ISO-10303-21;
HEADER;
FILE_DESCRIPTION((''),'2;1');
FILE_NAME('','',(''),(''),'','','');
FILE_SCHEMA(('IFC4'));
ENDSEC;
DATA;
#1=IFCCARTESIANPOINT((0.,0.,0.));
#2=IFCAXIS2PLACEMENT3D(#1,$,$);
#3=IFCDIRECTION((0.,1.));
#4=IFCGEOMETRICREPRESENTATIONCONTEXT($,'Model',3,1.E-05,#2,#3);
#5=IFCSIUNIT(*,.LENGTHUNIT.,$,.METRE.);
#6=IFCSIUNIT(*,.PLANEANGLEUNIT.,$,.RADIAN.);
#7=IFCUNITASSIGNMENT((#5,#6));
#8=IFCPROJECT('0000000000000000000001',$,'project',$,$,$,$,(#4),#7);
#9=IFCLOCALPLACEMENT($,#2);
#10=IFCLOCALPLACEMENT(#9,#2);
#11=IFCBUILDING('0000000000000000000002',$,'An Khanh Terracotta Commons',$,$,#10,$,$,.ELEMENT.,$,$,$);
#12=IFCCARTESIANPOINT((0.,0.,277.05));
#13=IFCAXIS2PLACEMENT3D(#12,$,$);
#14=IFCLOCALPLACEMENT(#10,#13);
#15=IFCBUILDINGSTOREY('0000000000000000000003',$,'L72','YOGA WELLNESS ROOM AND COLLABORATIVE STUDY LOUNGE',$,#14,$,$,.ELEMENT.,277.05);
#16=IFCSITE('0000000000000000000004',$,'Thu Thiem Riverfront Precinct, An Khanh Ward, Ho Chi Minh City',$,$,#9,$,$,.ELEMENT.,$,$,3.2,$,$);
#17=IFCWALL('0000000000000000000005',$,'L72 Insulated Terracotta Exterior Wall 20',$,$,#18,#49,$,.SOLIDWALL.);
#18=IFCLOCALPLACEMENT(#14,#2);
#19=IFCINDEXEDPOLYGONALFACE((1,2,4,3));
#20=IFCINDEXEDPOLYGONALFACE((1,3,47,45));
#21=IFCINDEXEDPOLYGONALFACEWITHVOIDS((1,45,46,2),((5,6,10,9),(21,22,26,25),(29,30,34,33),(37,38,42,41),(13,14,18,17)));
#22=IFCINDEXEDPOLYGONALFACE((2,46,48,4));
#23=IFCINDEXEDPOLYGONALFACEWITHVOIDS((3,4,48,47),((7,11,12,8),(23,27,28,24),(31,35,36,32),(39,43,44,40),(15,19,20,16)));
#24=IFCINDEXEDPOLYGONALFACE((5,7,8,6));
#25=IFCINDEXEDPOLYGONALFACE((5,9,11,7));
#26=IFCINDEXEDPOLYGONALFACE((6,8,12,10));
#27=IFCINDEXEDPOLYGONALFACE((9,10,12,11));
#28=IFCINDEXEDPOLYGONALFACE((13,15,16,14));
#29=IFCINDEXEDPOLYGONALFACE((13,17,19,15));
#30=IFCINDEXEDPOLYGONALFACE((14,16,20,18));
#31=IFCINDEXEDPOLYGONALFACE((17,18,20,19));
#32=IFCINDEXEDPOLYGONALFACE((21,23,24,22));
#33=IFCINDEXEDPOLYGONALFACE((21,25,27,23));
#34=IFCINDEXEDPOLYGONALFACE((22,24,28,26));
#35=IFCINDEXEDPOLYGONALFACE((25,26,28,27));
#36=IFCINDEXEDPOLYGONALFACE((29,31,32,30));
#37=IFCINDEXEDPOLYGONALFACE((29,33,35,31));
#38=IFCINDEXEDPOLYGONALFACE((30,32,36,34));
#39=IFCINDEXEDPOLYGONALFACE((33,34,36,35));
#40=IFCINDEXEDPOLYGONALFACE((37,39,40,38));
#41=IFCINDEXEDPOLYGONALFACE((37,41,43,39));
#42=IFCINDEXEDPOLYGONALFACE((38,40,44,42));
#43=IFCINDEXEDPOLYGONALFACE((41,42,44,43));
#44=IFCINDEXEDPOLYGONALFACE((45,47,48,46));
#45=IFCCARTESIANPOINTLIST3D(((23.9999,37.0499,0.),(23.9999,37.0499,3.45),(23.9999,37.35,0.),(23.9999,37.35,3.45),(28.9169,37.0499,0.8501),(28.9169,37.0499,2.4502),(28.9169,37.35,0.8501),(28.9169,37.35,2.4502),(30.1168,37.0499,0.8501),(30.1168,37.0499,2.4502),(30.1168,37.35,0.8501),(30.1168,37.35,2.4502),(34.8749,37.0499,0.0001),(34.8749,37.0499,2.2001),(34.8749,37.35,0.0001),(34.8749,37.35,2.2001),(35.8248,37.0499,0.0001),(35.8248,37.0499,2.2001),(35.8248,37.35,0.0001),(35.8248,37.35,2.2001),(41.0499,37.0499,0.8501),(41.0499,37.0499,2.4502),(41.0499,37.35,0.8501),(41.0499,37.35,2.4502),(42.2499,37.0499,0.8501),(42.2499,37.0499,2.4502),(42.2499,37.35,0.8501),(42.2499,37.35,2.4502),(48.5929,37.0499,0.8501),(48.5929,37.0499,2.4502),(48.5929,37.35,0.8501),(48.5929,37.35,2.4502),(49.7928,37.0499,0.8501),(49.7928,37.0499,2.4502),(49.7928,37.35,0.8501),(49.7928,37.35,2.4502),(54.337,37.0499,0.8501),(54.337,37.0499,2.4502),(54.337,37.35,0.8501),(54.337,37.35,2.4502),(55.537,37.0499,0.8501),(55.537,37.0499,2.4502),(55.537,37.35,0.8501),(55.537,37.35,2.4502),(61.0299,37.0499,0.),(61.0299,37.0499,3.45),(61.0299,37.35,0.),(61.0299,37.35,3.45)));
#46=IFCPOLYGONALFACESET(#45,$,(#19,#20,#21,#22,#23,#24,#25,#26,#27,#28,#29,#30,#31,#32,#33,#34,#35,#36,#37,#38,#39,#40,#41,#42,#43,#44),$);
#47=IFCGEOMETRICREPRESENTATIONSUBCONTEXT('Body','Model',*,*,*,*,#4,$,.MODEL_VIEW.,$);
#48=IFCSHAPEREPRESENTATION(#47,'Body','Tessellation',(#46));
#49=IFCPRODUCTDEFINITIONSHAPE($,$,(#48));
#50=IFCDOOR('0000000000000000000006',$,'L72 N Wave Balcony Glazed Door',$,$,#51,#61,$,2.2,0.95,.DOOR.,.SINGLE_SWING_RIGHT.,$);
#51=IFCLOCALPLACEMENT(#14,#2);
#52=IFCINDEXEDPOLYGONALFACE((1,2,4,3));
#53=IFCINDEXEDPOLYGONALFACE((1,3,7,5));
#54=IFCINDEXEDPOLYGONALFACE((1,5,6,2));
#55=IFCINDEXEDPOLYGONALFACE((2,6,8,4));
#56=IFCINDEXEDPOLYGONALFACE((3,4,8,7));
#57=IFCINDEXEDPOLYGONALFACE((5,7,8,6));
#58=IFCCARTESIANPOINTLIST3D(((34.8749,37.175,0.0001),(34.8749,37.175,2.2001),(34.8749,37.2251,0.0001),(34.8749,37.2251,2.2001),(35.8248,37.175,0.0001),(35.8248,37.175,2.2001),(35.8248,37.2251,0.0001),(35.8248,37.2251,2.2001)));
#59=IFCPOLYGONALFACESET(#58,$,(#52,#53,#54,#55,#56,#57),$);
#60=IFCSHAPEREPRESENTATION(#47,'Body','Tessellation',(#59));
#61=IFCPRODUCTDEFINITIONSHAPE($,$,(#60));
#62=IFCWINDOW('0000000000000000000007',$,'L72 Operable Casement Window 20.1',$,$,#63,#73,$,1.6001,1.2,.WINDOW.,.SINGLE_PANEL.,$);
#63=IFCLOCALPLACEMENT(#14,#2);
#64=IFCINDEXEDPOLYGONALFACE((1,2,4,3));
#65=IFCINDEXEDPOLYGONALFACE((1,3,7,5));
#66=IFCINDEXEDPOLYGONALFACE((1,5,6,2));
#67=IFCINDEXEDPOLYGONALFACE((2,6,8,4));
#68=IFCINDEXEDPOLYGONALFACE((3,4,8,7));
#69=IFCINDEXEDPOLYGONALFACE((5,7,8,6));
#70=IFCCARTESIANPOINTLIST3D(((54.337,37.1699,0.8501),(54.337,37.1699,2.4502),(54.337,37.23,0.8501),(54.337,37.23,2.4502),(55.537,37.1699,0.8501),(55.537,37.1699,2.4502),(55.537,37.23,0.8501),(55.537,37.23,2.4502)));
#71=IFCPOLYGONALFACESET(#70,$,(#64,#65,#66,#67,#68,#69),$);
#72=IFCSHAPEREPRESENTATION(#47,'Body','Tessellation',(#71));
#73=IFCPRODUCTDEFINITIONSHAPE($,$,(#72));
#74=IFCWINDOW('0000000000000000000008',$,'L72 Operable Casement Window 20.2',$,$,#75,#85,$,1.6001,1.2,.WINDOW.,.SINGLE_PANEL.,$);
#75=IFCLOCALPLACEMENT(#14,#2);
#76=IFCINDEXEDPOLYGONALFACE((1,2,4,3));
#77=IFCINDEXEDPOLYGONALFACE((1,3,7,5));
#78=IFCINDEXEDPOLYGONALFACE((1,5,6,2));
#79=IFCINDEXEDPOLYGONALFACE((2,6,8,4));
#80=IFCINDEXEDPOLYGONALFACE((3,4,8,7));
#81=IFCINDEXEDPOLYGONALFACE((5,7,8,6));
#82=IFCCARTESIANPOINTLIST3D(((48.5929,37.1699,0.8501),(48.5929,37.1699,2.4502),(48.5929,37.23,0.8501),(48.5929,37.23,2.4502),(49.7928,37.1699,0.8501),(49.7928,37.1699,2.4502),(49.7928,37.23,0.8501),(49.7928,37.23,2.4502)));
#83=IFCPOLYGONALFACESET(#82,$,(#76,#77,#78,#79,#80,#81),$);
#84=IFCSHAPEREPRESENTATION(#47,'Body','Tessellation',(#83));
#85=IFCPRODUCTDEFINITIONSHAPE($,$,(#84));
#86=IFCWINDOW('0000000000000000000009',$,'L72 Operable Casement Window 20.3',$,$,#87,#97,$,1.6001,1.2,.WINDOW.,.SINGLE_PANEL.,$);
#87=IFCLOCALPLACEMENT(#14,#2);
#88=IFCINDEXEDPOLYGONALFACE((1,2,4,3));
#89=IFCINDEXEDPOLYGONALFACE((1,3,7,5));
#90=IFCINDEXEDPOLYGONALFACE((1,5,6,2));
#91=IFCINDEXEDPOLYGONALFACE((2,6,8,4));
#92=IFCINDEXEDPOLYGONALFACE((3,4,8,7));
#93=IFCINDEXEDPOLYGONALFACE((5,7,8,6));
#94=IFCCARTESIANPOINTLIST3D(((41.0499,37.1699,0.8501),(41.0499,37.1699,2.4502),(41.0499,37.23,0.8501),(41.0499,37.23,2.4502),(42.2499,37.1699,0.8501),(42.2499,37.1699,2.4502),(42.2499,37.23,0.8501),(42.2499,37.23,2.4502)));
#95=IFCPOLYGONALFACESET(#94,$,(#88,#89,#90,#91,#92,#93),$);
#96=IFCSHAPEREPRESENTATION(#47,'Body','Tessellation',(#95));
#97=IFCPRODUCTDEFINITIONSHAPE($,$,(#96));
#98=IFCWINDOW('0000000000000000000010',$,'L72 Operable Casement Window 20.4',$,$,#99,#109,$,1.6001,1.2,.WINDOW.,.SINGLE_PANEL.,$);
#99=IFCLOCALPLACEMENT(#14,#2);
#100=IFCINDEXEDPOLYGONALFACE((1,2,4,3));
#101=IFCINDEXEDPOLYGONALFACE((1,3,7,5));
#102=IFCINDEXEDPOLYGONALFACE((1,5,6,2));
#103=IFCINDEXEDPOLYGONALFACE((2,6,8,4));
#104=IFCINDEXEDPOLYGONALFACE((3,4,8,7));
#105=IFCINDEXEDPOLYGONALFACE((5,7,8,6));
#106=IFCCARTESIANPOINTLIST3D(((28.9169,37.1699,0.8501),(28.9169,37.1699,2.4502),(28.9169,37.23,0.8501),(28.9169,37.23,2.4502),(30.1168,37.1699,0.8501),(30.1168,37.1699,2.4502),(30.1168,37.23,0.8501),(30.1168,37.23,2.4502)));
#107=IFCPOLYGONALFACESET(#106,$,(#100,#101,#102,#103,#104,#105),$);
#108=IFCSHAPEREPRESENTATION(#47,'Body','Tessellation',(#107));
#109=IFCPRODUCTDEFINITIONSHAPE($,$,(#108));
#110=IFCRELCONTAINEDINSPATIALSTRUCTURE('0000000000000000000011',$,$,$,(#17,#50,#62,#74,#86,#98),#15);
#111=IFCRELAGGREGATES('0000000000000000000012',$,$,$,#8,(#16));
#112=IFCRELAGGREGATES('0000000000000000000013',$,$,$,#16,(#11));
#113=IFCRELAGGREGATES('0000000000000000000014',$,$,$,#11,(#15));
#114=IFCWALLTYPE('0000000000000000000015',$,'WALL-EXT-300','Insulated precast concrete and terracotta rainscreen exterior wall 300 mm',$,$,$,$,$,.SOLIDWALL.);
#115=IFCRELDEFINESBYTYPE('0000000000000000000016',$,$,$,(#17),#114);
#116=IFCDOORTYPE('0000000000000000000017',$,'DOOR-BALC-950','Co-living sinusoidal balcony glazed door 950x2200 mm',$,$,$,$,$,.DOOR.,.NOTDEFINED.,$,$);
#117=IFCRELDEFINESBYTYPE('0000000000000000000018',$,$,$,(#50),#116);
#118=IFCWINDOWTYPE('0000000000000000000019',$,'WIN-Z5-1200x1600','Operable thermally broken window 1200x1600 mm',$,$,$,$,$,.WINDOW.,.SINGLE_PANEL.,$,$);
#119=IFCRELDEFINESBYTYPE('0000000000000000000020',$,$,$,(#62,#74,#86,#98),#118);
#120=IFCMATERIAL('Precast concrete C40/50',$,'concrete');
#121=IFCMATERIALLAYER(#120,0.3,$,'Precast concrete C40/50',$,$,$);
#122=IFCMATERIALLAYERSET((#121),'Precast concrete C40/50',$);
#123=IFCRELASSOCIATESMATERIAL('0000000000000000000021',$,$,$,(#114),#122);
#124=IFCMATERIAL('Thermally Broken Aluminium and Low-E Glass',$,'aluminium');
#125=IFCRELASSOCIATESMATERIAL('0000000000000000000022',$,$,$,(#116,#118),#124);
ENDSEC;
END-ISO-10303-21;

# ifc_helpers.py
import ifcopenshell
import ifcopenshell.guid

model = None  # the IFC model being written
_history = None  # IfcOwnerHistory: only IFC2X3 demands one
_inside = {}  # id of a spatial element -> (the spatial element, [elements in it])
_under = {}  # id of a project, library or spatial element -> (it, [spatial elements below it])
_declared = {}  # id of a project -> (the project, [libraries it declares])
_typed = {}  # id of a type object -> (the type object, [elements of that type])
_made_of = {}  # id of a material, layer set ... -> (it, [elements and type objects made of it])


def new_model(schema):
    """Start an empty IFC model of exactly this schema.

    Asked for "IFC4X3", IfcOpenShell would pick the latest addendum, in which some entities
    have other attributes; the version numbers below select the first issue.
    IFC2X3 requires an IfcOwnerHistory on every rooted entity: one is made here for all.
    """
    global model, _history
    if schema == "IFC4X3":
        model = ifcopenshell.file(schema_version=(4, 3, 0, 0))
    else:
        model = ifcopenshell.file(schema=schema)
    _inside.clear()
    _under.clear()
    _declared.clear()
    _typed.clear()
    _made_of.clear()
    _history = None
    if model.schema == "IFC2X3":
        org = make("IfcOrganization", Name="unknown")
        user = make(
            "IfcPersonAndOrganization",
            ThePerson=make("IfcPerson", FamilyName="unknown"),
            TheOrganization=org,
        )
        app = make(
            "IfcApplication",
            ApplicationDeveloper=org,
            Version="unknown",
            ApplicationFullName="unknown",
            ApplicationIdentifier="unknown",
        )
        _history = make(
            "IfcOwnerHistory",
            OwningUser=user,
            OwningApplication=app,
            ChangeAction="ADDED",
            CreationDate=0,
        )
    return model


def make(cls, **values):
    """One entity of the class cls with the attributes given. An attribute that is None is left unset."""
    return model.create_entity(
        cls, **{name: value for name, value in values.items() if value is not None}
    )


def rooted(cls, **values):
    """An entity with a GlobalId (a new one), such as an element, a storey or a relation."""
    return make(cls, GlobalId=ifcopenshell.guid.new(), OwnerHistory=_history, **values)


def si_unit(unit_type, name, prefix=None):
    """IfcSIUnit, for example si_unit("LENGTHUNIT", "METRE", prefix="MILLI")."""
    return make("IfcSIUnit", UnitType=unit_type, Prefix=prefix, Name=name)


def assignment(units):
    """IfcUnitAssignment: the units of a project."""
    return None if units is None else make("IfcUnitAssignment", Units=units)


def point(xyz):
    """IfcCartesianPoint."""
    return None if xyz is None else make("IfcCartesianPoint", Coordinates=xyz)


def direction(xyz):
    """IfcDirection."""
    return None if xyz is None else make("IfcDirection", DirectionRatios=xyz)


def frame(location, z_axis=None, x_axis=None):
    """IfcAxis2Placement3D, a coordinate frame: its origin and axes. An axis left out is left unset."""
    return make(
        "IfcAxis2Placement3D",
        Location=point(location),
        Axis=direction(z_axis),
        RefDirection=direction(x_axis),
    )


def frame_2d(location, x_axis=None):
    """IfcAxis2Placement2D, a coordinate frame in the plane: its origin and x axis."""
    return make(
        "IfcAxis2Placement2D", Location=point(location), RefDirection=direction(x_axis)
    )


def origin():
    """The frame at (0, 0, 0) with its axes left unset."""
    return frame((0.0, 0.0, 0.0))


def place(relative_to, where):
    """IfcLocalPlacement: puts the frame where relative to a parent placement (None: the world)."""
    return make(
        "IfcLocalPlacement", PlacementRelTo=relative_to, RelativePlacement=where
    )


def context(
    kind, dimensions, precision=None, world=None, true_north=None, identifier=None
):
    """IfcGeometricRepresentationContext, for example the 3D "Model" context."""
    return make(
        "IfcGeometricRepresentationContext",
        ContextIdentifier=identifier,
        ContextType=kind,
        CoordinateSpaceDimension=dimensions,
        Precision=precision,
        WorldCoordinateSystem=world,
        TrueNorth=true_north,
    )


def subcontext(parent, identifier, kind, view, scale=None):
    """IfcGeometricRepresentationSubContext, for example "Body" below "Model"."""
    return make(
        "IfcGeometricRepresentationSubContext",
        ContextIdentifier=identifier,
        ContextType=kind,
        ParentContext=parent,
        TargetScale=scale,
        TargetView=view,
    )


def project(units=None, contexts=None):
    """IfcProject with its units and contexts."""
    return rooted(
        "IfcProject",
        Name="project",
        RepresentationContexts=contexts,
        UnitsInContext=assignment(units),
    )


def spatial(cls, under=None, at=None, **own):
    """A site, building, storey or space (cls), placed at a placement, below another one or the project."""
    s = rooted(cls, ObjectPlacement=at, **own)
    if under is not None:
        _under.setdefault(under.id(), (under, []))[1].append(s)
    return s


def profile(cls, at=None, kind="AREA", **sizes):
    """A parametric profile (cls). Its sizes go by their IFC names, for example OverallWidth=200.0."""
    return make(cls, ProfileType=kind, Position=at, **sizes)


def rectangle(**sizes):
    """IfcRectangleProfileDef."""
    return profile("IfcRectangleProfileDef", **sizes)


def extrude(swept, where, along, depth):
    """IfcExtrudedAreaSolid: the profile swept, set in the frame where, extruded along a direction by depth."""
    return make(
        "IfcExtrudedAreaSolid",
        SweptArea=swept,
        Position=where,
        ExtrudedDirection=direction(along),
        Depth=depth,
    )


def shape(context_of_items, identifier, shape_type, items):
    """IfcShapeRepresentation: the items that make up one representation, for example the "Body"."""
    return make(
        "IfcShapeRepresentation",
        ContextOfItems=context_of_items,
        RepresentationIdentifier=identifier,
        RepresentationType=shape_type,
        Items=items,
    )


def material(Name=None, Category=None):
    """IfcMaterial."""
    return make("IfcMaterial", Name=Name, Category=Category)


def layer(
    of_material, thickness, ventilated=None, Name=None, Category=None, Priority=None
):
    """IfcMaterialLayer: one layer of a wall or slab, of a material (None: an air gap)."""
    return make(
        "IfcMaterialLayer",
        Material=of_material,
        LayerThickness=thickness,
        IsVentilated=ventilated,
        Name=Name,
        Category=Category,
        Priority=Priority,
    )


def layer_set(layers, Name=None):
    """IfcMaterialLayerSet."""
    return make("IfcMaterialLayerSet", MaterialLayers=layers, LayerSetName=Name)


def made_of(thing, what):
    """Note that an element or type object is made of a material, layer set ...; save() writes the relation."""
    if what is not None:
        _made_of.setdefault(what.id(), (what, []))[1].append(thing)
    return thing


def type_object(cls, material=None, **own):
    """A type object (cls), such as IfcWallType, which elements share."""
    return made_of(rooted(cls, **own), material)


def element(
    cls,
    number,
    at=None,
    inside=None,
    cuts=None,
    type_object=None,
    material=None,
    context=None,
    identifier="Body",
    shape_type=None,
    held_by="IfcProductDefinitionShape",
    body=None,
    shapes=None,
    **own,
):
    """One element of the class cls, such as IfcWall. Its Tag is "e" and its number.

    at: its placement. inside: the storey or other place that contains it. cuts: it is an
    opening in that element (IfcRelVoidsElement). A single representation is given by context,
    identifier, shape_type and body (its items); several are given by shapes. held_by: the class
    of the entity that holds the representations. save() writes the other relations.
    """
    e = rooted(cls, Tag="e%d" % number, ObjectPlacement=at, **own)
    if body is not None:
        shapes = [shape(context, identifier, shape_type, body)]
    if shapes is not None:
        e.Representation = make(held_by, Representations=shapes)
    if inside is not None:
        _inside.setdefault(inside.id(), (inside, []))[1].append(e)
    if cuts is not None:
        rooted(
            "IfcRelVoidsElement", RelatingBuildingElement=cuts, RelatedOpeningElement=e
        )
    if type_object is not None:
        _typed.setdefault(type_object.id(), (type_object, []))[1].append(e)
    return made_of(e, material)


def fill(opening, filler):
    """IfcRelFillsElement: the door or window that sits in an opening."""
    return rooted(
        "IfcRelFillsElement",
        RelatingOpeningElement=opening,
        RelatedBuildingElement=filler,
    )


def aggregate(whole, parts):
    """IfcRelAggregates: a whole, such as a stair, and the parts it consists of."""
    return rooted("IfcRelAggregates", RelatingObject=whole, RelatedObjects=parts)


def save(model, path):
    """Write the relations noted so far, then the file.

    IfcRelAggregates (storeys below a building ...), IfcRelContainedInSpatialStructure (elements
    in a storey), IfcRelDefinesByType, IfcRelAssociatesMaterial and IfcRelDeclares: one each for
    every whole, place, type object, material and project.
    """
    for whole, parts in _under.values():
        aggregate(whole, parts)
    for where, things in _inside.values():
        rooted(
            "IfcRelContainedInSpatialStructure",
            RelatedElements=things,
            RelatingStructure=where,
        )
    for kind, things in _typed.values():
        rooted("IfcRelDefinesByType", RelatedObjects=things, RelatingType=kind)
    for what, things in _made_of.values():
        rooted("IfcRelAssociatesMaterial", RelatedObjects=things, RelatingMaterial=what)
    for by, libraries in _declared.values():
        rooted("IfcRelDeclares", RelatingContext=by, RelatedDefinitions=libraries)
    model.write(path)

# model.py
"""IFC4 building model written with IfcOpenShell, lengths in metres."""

from ifc_helpers import new_model, si_unit, direction, frame, frame_2d, origin, place, context, subcontext, project, spatial, rectangle, extrude, material, layer, layer_set, type_object, element, fill, save


model = new_model("IFC4")

# Units and contexts
model_context = context("Model", 3, precision=1e-05, world=origin(), true_north=direction((0.0, 1.0)))
body_context = subcontext(model_context, "Body", "Model", "MODEL_VIEW")
ifc_project = project(units=[si_unit("LENGTHUNIT", "METRE"), si_unit("PLANEANGLEUNIT", "RADIAN")], contexts=[model_context])

# Site, building, storey
site_placement = place(None, origin())
site = spatial("IfcSite", under=ifc_project, at=site_placement, Name="Thu Thiem Riverfront Precinct, An Khanh Ward, Ho Chi Minh City", CompositionType="ELEMENT", RefElevation=3.2)
building_placement = place(site_placement, origin())
building = spatial("IfcBuilding", under=site, at=building_placement, Name="An Khanh Terracotta Commons", CompositionType="ELEMENT")
storey_placement = place(building_placement, frame((0.0, 0.0, 277.05)))
storey = spatial("IfcBuildingStorey", under=building, at=storey_placement, Name="L72", Description="YOGA WELLNESS ROOM AND COLLABORATIVE STUDY LOUNGE", CompositionType="ELEMENT", Elevation=277.05)

# Shared definitions
ifc_material_1 = material(Name="Precast concrete C40/50", Category="concrete")
ifc_layer_1 = layer(ifc_material_1, 0.3, Name="Precast concrete C40/50")
ifc_layer_set_1 = layer_set([ifc_layer_1], Name="Precast concrete C40/50")
wall_type_1 = type_object("IfcWallType", Name="WALL-EXT-300", Description="Insulated precast concrete and terracotta rainscreen exterior wall 300 mm", PredefinedType="SOLIDWALL", material=ifc_layer_set_1)

# Wall, openings, door, windows
wall_1_placement = place(storey_placement, frame((61.03, 37.2, 0.0), z_axis=(0.0, 0.0, 1.0), x_axis=(-1.0, 0.0, 0.0)))
wall_1 = element("IfcWall", 1, at=wall_1_placement, inside=storey, type_object=wall_type_1, Name="L72 Insulated Terracotta Exterior Wall 20", PredefinedType="SOLIDWALL", context=body_context, shape_type="SweptSolid", body=[
    extrude(rectangle(XDim=37.03, YDim=0.3, at=frame_2d((18.5151, 0.0))), origin(), (0.0, 0.0, 1.0), 3.45),
])
opening_1_placement = place(wall_1_placement, frame((25.2051, 0.0, 0.0)))
opening_1 = element("IfcOpeningElement", 2, at=opening_1_placement, cuts=wall_1, PredefinedType="OPENING", context=body_context, shape_type="SweptSolid", body=[
    extrude(rectangle(XDim=0.95, YDim=2.2, at=frame_2d((0.4751, 1.1001))), frame((0.0, 0.1599, 0.0), z_axis=(0.0, -1.0, 0.0), x_axis=(1.0, 0.0, 0.0)), (0.0, 0.0, 1.0), 0.3201),
])
opening_2_placement = place(wall_1_placement, frame((5.4929, 0.0, 0.8501)))
opening_2 = element("IfcOpeningElement", 3, at=opening_2_placement, cuts=wall_1, PredefinedType="OPENING", context=body_context, shape_type="SweptSolid", body=[
    extrude(rectangle(XDim=1.2, YDim=1.6001, at=frame_2d((0.6001, 0.8))), frame((0.0, 0.1599, 0.0), z_axis=(0.0, -1.0, 0.0), x_axis=(1.0, 0.0, 0.0)), (0.0, 0.0, 1.0), 0.3201),
])
opening_3_placement = place(wall_1_placement, frame((11.2371, 0.0, 0.8501)))
opening_3 = element("IfcOpeningElement", 4, at=opening_3_placement, cuts=wall_1, PredefinedType="OPENING", context=body_context, shape_type="SweptSolid", body=[
    extrude(rectangle(XDim=1.2, YDim=1.6001, at=frame_2d((0.6001, 0.8))), frame((0.0, 0.1599, 0.0), z_axis=(0.0, -1.0, 0.0), x_axis=(1.0, 0.0, 0.0)), (0.0, 0.0, 1.0), 0.3201),
])
opening_4_placement = place(wall_1_placement, frame((18.78, 0.0, 0.8501)))
opening_4 = element("IfcOpeningElement", 5, at=opening_4_placement, cuts=wall_1, PredefinedType="OPENING", context=body_context, shape_type="SweptSolid", body=[
    extrude(rectangle(XDim=1.2, YDim=1.6001, at=frame_2d((0.6001, 0.8))), frame((0.0, 0.1599, 0.0), z_axis=(0.0, -1.0, 0.0), x_axis=(1.0, 0.0, 0.0)), (0.0, 0.0, 1.0), 0.3201),
])
opening_5_placement = place(wall_1_placement, frame((30.9131, 0.0, 0.8501)))
opening_5 = element("IfcOpeningElement", 6, at=opening_5_placement, cuts=wall_1, PredefinedType="OPENING", context=body_context, shape_type="SweptSolid", body=[
    extrude(rectangle(XDim=1.2, YDim=1.6001, at=frame_2d((0.6001, 0.8))), frame((0.0, 0.1599, 0.0), z_axis=(0.0, -1.0, 0.0), x_axis=(1.0, 0.0, 0.0)), (0.0, 0.0, 1.0), 0.3201),
])
ifc_material_2 = material(Name="Thermally Broken Aluminium and Low-E Glass", Category="aluminium")
door_type_1 = type_object("IfcDoorType", Name="DOOR-BALC-950", Description="Co-living sinusoidal balcony glazed door 950x2200 mm", OperationType="NOTDEFINED", PredefinedType="DOOR", material=ifc_material_2)
door_1_placement = place(opening_1_placement, origin())
door_1 = element("IfcDoor", 7, at=door_1_placement, inside=storey, type_object=door_type_1, Name="L72 N Wave Balcony Glazed Door", OperationType="SINGLE_SWING_RIGHT", OverallHeight=2.2, OverallWidth=0.95, PredefinedType="DOOR", context=body_context, shape_type="SweptSolid", body=[
    extrude(rectangle(XDim=0.95, YDim=2.2, at=frame_2d((0.4751, 1.1001))), frame((0.0, 0.0249, 0.0), z_axis=(0.0, -1.0, 0.0), x_axis=(1.0, 0.0, 0.0)), (0.0, 0.0, 1.0), 0.05),
])
fill(opening_1, door_1)
window_type = type_object("IfcWindowType", Name="WIN-Z5-1200x1600", Description="Operable thermally broken window 1200x1600 mm", PartitioningType="SINGLE_PANEL", PredefinedType="WINDOW", material=ifc_material_2)
window_1_placement = place(opening_2_placement, origin())
window_1 = element("IfcWindow", 8, at=window_1_placement, inside=storey, type_object=window_type, Name="L72 Operable Casement Window 20.1", OverallHeight=1.6001, OverallWidth=1.2, PartitioningType="SINGLE_PANEL", PredefinedType="WINDOW", context=body_context, shape_type="SweptSolid", body=[
    extrude(rectangle(XDim=1.2, YDim=1.6001, at=frame_2d((0.6001, 0.8))), frame((0.0, 0.03, 0.0), z_axis=(0.0, -1.0, 0.0), x_axis=(1.0, 0.0, 0.0)), (0.0, 0.0, 1.0), 0.0601),
])
fill(opening_2, window_1)
window_2_placement = place(opening_3_placement, origin())
window_2 = element("IfcWindow", 9, at=window_2_placement, inside=storey, type_object=window_type, Name="L72 Operable Casement Window 20.2", OverallHeight=1.6001, OverallWidth=1.2, PartitioningType="SINGLE_PANEL", PredefinedType="WINDOW", context=body_context, shape_type="SweptSolid", body=[
    extrude(rectangle(XDim=1.2, YDim=1.6001, at=frame_2d((0.6001, 0.8))), frame((0.0, 0.03, 0.0), z_axis=(0.0, -1.0, 0.0), x_axis=(1.0, 0.0, 0.0)), (0.0, 0.0, 1.0), 0.0601),
])
fill(opening_3, window_2)
window_3_placement = place(opening_4_placement, origin())
window_3 = element("IfcWindow", 10, at=window_3_placement, inside=storey, type_object=window_type, Name="L72 Operable Casement Window 20.3", OverallHeight=1.6001, OverallWidth=1.2, PartitioningType="SINGLE_PANEL", PredefinedType="WINDOW", context=body_context, shape_type="SweptSolid", body=[
    extrude(rectangle(XDim=1.2, YDim=1.6001, at=frame_2d((0.6001, 0.8))), frame((0.0, 0.03, 0.0), z_axis=(0.0, -1.0, 0.0), x_axis=(1.0, 0.0, 0.0)), (0.0, 0.0, 1.0), 0.0601),
])
fill(opening_4, window_3)
window_4_placement = place(opening_5_placement, origin())
window_4 = element("IfcWindow", 11, at=window_4_placement, inside=storey, type_object=window_type, Name="L72 Operable Casement Window 20.4", OverallHeight=1.6001, OverallWidth=1.2, PartitioningType="SINGLE_PANEL", PredefinedType="WINDOW", context=body_context, shape_type="SweptSolid", body=[
    extrude(rectangle(XDim=1.2, YDim=1.6001, at=frame_2d((0.6001, 0.8))), frame((0.0, 0.03, 0.0), z_axis=(0.0, -1.0, 0.0), x_axis=(1.0, 0.0, 0.0)), (0.0, 0.0, 1.0), 0.0601),
])
fill(opening_5, window_4)

save(model, "model.ifc")
